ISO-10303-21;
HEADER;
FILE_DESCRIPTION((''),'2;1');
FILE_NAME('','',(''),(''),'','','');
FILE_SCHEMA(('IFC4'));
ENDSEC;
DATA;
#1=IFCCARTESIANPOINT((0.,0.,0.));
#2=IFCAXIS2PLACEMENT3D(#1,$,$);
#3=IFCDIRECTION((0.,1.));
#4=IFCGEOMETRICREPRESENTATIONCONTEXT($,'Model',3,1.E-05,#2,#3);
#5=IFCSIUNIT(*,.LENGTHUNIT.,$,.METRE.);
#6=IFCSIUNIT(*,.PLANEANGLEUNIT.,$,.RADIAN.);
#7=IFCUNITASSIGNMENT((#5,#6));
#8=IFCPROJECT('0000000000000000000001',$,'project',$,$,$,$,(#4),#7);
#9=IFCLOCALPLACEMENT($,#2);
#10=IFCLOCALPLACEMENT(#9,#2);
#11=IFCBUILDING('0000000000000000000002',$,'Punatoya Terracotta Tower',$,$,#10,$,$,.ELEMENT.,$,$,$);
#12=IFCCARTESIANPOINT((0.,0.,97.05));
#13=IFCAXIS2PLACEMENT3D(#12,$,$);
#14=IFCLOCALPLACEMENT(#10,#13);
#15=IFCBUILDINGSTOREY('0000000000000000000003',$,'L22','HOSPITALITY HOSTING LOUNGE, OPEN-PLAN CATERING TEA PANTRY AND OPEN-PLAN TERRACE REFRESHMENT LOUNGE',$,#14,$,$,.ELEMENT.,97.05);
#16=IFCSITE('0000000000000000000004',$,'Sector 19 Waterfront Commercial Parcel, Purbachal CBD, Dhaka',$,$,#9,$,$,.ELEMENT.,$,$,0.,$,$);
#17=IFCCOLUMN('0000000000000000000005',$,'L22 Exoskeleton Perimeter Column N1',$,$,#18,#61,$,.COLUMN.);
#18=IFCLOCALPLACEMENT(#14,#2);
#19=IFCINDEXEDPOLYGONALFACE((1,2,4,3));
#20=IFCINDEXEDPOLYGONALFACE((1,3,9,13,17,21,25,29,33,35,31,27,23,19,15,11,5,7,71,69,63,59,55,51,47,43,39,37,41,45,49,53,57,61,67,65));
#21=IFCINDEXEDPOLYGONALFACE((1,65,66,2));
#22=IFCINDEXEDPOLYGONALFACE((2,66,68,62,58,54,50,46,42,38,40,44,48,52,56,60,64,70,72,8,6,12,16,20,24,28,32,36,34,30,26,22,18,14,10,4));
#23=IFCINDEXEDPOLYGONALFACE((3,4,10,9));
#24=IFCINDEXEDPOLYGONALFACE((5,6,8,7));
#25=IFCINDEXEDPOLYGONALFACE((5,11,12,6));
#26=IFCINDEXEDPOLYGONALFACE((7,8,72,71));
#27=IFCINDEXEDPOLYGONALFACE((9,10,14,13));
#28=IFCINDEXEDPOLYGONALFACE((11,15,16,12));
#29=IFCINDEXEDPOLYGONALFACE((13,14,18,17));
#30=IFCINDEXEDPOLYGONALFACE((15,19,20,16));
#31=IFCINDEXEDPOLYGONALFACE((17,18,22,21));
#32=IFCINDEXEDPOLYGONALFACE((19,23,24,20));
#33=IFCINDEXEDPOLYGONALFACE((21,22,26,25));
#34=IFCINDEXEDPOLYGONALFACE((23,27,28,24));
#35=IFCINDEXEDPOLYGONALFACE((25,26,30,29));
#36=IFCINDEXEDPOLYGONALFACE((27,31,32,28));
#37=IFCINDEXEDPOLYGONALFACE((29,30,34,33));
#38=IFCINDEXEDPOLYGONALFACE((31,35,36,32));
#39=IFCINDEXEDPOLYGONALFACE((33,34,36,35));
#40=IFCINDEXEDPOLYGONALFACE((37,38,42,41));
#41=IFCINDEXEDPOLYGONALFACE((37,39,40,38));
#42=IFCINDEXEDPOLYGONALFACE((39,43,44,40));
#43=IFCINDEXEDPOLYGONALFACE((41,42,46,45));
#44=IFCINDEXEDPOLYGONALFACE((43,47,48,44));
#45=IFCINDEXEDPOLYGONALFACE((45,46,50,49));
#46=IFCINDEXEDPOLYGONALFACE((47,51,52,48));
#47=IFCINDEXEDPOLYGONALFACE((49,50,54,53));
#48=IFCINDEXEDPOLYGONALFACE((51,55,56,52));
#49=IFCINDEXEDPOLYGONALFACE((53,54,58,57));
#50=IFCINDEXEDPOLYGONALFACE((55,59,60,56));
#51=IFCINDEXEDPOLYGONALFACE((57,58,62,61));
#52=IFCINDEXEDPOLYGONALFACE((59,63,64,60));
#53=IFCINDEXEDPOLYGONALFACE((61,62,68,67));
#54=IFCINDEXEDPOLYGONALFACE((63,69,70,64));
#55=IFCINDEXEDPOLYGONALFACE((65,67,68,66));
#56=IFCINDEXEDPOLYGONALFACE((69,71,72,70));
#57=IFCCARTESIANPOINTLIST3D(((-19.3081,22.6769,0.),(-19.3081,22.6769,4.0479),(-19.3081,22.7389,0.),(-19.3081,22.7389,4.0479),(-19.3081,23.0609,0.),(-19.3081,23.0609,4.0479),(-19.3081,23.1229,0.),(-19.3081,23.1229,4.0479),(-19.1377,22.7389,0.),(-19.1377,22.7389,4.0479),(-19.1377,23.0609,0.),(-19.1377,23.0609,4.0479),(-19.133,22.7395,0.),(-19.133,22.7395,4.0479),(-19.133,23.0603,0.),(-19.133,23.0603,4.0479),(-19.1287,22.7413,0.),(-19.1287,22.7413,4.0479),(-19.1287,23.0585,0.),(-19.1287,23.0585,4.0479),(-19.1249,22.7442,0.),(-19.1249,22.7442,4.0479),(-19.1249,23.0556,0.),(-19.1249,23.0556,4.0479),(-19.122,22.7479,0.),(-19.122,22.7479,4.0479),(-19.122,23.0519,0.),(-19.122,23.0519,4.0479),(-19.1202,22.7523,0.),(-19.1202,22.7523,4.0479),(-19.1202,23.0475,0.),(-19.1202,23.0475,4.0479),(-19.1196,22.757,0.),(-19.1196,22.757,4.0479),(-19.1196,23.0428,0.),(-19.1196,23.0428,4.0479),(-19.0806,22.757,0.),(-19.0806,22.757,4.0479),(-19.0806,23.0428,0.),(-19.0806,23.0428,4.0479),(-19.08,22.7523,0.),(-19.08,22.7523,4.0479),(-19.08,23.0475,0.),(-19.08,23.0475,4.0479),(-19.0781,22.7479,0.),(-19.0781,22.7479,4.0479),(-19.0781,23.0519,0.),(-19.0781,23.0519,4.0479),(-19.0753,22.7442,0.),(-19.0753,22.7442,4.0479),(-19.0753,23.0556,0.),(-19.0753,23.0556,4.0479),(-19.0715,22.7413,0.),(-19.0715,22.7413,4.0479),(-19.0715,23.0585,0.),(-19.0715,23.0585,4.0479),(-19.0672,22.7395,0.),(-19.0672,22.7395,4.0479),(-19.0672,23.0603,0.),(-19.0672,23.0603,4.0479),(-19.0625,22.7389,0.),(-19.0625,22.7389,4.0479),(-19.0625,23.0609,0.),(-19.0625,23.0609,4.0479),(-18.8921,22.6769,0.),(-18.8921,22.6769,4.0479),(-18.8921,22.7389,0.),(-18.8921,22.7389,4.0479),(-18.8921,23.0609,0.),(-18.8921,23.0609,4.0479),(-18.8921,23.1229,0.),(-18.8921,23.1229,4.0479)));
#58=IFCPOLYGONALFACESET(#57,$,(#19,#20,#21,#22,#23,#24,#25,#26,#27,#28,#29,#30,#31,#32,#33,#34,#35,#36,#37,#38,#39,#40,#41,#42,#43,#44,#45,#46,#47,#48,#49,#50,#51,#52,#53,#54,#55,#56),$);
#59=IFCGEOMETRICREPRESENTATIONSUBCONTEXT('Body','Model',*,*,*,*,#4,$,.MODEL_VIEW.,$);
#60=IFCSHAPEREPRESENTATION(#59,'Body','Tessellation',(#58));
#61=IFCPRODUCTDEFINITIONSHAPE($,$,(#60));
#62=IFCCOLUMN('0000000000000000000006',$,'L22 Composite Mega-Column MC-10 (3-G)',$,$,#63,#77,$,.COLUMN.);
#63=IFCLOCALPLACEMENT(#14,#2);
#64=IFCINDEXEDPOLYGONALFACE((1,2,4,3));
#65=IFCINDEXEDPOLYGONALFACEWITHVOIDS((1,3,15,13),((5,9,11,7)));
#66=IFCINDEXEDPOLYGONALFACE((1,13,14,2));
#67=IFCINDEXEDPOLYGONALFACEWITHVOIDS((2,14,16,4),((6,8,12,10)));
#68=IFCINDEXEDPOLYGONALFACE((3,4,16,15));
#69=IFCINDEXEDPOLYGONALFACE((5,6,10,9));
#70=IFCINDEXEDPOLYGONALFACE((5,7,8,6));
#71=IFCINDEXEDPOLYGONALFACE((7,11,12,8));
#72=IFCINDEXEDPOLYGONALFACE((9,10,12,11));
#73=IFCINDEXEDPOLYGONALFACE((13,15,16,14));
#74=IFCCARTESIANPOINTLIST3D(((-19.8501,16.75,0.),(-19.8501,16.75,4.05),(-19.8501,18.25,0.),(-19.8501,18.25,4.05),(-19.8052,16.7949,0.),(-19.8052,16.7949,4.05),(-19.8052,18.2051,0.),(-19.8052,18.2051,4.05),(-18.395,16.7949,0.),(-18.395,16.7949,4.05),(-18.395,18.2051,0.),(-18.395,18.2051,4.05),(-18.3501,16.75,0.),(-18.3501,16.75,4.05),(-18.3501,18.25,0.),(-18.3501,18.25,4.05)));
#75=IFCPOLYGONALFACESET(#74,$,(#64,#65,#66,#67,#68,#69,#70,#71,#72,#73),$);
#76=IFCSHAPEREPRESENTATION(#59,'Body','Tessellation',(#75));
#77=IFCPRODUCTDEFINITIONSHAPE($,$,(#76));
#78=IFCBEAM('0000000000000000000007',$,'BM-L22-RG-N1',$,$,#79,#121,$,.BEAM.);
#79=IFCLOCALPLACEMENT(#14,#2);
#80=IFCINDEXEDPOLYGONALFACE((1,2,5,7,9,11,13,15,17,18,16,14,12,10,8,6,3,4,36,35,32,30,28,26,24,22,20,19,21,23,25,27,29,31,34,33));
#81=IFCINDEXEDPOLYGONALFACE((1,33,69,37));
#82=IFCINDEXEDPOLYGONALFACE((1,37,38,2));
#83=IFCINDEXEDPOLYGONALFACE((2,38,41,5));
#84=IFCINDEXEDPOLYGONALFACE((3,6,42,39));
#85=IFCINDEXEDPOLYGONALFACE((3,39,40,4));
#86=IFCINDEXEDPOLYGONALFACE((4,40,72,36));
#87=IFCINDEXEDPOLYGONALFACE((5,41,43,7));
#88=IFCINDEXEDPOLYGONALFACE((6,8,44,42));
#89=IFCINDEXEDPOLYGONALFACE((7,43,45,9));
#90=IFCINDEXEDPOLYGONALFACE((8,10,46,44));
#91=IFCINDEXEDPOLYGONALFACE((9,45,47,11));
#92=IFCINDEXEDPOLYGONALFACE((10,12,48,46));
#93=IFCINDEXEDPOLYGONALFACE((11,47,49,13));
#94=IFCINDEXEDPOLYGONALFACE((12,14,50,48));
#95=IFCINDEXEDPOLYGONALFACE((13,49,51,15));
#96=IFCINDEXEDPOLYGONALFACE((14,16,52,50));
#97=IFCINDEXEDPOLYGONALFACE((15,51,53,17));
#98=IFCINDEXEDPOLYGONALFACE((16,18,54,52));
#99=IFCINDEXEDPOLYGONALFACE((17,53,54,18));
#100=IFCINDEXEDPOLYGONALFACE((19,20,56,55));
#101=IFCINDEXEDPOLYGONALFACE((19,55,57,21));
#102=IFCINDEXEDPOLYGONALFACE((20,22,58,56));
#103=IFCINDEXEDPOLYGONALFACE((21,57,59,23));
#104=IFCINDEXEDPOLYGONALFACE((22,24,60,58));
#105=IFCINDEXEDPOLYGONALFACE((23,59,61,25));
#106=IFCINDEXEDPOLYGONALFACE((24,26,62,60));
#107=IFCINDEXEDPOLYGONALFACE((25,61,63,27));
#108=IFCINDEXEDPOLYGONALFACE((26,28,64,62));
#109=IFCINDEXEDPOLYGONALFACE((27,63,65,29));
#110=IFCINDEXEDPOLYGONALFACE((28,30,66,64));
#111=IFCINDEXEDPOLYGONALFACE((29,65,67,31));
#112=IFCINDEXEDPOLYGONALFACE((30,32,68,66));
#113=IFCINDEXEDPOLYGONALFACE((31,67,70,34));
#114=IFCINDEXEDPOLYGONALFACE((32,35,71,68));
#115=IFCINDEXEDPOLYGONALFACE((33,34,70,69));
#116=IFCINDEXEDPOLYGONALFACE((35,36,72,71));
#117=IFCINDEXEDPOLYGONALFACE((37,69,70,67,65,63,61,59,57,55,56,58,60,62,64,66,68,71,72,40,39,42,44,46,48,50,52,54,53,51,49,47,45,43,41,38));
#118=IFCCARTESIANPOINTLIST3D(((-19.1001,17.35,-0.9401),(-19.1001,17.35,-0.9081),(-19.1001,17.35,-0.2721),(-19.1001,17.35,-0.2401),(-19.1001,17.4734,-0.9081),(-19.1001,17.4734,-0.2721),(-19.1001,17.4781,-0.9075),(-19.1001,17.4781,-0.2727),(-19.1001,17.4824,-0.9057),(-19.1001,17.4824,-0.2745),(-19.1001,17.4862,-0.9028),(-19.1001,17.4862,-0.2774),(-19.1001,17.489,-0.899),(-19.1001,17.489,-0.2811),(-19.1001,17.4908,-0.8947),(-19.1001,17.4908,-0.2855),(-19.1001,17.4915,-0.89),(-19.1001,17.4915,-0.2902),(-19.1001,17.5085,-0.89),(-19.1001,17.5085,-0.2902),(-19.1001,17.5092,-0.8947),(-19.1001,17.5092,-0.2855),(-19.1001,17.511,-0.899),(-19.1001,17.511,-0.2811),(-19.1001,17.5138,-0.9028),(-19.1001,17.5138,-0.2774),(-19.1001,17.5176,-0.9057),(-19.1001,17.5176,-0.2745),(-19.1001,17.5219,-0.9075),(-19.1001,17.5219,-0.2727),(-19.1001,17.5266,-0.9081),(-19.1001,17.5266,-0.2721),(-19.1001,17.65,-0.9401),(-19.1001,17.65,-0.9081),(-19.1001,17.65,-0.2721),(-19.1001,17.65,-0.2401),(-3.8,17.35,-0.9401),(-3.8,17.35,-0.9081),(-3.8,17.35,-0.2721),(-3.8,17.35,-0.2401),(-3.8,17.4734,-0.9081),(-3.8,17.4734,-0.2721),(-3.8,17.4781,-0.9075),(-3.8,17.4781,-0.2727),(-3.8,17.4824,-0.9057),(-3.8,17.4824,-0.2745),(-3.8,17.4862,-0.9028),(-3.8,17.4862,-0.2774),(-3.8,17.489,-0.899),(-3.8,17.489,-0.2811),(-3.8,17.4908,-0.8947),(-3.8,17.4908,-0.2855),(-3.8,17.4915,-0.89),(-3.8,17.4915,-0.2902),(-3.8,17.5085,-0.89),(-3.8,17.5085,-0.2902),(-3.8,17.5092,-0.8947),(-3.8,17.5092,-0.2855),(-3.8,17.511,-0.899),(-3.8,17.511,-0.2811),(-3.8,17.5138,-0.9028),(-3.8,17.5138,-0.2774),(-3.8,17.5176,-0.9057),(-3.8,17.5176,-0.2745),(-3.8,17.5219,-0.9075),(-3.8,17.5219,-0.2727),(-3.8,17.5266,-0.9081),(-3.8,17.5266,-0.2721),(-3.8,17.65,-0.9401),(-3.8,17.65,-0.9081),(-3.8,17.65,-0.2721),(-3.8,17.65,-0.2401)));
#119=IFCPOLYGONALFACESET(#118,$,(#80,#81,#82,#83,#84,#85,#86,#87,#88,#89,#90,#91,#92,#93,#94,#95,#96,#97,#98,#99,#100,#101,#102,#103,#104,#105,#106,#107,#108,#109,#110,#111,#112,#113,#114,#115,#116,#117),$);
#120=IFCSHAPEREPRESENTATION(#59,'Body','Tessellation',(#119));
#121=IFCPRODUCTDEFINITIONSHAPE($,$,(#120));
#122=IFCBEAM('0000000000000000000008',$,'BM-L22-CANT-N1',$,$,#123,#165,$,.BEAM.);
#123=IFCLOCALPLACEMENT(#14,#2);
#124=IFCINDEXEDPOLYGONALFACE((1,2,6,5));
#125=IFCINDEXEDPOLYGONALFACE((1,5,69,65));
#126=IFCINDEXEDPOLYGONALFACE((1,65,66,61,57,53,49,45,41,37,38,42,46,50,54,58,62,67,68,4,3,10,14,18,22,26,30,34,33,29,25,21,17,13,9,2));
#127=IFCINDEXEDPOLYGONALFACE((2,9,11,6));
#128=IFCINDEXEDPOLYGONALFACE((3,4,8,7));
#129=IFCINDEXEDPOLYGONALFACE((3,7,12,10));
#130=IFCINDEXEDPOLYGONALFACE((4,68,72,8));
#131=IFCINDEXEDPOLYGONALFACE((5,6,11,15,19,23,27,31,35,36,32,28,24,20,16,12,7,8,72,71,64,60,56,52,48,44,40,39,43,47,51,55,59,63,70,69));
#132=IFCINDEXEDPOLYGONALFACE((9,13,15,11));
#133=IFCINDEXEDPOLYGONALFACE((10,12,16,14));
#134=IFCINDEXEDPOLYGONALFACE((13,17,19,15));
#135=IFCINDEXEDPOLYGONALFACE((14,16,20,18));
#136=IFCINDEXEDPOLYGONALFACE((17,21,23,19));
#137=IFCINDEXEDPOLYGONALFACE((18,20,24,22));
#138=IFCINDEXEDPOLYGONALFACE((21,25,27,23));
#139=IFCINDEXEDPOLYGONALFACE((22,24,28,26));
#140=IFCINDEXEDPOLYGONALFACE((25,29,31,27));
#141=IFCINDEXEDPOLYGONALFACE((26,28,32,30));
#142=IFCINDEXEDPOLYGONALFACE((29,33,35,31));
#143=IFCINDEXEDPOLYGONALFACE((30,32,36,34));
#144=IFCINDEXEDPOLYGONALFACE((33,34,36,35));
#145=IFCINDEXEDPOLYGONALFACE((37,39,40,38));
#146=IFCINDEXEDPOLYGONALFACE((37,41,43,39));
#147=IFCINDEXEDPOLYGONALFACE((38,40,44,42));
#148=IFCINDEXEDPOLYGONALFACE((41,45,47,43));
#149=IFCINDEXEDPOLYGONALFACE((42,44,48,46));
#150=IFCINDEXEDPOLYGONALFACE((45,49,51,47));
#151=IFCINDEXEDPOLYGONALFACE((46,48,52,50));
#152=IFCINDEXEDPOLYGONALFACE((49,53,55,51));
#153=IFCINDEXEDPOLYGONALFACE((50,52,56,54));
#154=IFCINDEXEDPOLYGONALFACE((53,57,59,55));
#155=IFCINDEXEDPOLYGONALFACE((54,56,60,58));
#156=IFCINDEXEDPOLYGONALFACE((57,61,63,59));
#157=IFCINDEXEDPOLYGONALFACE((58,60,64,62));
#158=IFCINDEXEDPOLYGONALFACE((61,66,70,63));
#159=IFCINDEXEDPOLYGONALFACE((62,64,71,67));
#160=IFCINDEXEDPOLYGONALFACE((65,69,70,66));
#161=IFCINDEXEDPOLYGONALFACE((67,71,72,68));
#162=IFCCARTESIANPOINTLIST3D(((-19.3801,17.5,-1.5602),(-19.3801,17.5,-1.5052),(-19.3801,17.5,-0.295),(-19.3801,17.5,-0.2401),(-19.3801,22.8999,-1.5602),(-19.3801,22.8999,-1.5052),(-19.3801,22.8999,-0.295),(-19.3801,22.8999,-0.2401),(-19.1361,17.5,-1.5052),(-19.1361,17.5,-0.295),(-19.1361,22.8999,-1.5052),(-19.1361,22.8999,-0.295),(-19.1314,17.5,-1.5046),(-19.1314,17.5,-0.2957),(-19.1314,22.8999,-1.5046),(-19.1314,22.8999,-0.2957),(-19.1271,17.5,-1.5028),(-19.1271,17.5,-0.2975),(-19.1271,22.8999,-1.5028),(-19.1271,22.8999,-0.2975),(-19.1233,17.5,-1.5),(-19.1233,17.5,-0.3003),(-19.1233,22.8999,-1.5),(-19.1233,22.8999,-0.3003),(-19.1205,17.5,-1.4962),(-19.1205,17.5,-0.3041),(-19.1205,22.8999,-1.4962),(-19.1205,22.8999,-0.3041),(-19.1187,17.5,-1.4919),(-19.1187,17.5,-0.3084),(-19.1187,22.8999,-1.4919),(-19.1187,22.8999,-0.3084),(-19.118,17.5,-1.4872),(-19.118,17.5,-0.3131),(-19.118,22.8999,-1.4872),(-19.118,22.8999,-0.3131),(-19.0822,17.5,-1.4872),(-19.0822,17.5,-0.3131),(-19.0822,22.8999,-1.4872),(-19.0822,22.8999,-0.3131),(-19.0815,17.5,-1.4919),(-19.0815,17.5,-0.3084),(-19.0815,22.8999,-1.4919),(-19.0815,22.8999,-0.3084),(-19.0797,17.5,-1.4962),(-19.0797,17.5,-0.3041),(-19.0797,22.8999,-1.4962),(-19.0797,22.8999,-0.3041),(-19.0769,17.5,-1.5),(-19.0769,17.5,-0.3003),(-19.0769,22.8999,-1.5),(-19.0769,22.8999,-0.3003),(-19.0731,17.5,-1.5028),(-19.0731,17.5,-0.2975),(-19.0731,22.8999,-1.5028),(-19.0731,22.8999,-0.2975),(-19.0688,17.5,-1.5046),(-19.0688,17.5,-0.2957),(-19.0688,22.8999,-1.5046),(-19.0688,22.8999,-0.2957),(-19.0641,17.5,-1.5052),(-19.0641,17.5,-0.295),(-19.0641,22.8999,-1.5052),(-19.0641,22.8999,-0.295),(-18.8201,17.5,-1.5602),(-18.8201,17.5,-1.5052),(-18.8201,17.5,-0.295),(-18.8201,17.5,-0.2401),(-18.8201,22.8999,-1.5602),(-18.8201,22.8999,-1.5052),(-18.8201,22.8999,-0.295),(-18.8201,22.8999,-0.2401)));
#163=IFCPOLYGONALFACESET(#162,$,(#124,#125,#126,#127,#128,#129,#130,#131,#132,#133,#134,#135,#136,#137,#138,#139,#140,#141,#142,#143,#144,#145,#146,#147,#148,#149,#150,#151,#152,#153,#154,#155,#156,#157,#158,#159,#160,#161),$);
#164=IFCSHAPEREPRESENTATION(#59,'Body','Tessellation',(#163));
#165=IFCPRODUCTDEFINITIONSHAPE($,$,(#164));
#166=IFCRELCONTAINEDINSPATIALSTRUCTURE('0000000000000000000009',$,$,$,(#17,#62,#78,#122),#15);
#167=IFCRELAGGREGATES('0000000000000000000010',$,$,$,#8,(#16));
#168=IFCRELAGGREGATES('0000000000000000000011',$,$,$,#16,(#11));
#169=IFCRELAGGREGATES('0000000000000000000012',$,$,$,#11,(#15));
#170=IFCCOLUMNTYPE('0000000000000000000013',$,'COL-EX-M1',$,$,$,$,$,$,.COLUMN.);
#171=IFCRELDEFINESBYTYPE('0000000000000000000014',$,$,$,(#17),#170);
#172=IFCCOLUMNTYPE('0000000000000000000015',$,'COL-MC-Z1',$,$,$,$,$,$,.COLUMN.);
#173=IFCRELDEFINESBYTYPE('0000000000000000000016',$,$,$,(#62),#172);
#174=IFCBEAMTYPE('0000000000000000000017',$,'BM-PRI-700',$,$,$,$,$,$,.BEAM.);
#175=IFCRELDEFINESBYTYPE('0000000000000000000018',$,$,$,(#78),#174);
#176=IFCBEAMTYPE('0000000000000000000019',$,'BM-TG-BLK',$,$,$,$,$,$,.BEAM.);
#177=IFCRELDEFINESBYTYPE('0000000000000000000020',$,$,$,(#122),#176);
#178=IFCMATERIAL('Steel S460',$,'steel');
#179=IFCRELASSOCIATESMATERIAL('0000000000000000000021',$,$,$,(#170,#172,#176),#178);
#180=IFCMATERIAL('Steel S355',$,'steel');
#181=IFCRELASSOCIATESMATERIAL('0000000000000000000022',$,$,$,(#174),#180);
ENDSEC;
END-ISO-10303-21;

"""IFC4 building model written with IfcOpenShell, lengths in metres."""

from ifc_helpers import new_model, si_unit, direction, frame, origin, origin_2d, place, context, subcontext, project, spatial, hollow_rectangle, i_section, extrude, material, material_profile, profile_set, type_object, element, save


model = new_model("IFC4")

# Units and contexts
model_context = context("Model", 3, precision=1e-05, world=origin(), true_north=direction((0.0, 1.0)))
body_context = subcontext(model_context, "Body", "Model", "MODEL_VIEW")
ifc_project = project(units=[si_unit("LENGTHUNIT", "METRE"), si_unit("PLANEANGLEUNIT", "RADIAN")], contexts=[model_context])

# Site, building, storey
site_placement = place(None, origin())
site = spatial("IfcSite", under=ifc_project, at=site_placement, Name="Sector 19 Waterfront Commercial Parcel, Purbachal CBD, Dhaka", CompositionType="ELEMENT", RefElevation=0.0)
building_placement = place(site_placement, origin())
building = spatial("IfcBuilding", under=site, at=building_placement, Name="Punatoya Terracotta Tower", CompositionType="ELEMENT")
storey_placement = place(building_placement, frame((0.0, 0.0, 97.05)))
storey = spatial("IfcBuildingStorey", under=building, at=storey_placement, Name="L22", Description="HOSPITALITY HOSTING LOUNGE, OPEN-PLAN CATERING TEA PANTRY AND OPEN-PLAN TERRACE REFRESHMENT LOUNGE", CompositionType="ELEMENT", Elevation=97.05)

# Columns
ifc_material_1 = material(Name="Steel S460", Category="steel")
ifc_material_profile_1 = material_profile(ifc_material_1, i_section(OverallWidth=0.416, OverallDepth=0.446, WebThickness=0.0391, FlangeThickness=0.062, FilletRadius=0.0181, at=origin_2d()))
ifc_profile_set_1 = profile_set([ifc_material_profile_1], Name="Steel S460")
column_type_1 = type_object("IfcColumnType", Name="COL-EX-M1", PredefinedType="COLUMN", material=ifc_profile_set_1)
column_1_placement = place(storey_placement, frame((-19.1001, 22.8999, 0.0), z_axis=(0.0, 0.0, 1.0), x_axis=(1.0, 0.0, 0.0)))
element("IfcColumn", 1, at=column_1_placement, inside=storey, type_object=column_type_1, Name="L22 Exoskeleton Perimeter Column N1", PredefinedType="COLUMN", context=body_context, shape_type="SweptSolid", body=[
    extrude(i_section(OverallWidth=0.416, OverallDepth=0.446, WebThickness=0.0391, FlangeThickness=0.062, FilletRadius=0.0181, at=origin_2d()), origin(), (0.0, 0.0, 1.0), 4.0479),
])
ifc_material_profile_2 = material_profile(ifc_material_1, hollow_rectangle(XDim=1.5, YDim=1.5, WallThickness=0.0449, at=origin_2d()))
ifc_profile_set_2 = profile_set([ifc_material_profile_2], Name="Steel S460")
column_type_2 = type_object("IfcColumnType", Name="COL-MC-Z1", PredefinedType="COLUMN", material=ifc_profile_set_2)
column_2_placement = place(storey_placement, frame((-19.1001, 17.5, 0.0), z_axis=(0.0, 0.0, 1.0), x_axis=(1.0, 0.0, 0.0)))
element("IfcColumn", 2, at=column_2_placement, inside=storey, type_object=column_type_2, Name="L22 Composite Mega-Column MC-10 (3-G)", PredefinedType="COLUMN", context=body_context, shape_type="SweptSolid", body=[
    extrude(hollow_rectangle(XDim=1.5, YDim=1.5, WallThickness=0.0449, at=origin_2d()), origin(), (0.0, 0.0, 1.0), 4.05),
])

# Beams
ifc_material_2 = material(Name="Steel S355", Category="steel")
ifc_material_profile_3 = material_profile(ifc_material_2, i_section(OverallWidth=0.3, OverallDepth=0.7, WebThickness=0.0171, FlangeThickness=0.032, FilletRadius=0.0181, at=origin_2d()))
ifc_profile_set_3 = profile_set([ifc_material_profile_3], Name="Steel S355")
beam_type_1 = type_object("IfcBeamType", Name="BM-PRI-700", PredefinedType="BEAM", material=ifc_profile_set_3)
beam_1_placement = place(storey_placement, frame((-19.1001, 17.5, -0.5901), z_axis=(1.0, 0.0, 0.0), x_axis=(0.0, 1.0, 0.0)))
element("IfcBeam", 3, at=beam_1_placement, inside=storey, type_object=beam_type_1, Name="BM-L22-RG-N1", PredefinedType="BEAM", context=body_context, shape_type="SweptSolid", body=[
    extrude(i_section(OverallWidth=0.3, OverallDepth=0.7, WebThickness=0.0171, FlangeThickness=0.032, FilletRadius=0.0181, at=origin_2d()), origin(), (0.0, 0.0, 1.0), 15.3),
])
ifc_material_profile_4 = material_profile(ifc_material_1, i_section(OverallWidth=0.5601, OverallDepth=1.3201, WebThickness=0.0359, FlangeThickness=0.0549, FilletRadius=0.0181, at=origin_2d()))
ifc_profile_set_4 = profile_set([ifc_material_profile_4], Name="Steel S460")
beam_type_2 = type_object("IfcBeamType", Name="BM-TG-BLK", PredefinedType="BEAM", material=ifc_profile_set_4)
beam_2_placement = place(storey_placement, frame((-19.1001, 17.5, -0.9001), z_axis=(0.0, 1.0, 0.0), x_axis=(-1.0, 0.0, 0.0)))
element("IfcBeam", 4, at=beam_2_placement, inside=storey, type_object=beam_type_2, Name="BM-L22-CANT-N1", PredefinedType="BEAM", context=body_context, shape_type="SweptSolid", body=[
    extrude(i_section(OverallWidth=0.5601, OverallDepth=1.3201, WebThickness=0.0359, FlangeThickness=0.0549, FilletRadius=0.0181, at=origin_2d()), origin(), (0.0, 0.0, 1.0), 5.3999),
])

save(model, "model.ifc")
